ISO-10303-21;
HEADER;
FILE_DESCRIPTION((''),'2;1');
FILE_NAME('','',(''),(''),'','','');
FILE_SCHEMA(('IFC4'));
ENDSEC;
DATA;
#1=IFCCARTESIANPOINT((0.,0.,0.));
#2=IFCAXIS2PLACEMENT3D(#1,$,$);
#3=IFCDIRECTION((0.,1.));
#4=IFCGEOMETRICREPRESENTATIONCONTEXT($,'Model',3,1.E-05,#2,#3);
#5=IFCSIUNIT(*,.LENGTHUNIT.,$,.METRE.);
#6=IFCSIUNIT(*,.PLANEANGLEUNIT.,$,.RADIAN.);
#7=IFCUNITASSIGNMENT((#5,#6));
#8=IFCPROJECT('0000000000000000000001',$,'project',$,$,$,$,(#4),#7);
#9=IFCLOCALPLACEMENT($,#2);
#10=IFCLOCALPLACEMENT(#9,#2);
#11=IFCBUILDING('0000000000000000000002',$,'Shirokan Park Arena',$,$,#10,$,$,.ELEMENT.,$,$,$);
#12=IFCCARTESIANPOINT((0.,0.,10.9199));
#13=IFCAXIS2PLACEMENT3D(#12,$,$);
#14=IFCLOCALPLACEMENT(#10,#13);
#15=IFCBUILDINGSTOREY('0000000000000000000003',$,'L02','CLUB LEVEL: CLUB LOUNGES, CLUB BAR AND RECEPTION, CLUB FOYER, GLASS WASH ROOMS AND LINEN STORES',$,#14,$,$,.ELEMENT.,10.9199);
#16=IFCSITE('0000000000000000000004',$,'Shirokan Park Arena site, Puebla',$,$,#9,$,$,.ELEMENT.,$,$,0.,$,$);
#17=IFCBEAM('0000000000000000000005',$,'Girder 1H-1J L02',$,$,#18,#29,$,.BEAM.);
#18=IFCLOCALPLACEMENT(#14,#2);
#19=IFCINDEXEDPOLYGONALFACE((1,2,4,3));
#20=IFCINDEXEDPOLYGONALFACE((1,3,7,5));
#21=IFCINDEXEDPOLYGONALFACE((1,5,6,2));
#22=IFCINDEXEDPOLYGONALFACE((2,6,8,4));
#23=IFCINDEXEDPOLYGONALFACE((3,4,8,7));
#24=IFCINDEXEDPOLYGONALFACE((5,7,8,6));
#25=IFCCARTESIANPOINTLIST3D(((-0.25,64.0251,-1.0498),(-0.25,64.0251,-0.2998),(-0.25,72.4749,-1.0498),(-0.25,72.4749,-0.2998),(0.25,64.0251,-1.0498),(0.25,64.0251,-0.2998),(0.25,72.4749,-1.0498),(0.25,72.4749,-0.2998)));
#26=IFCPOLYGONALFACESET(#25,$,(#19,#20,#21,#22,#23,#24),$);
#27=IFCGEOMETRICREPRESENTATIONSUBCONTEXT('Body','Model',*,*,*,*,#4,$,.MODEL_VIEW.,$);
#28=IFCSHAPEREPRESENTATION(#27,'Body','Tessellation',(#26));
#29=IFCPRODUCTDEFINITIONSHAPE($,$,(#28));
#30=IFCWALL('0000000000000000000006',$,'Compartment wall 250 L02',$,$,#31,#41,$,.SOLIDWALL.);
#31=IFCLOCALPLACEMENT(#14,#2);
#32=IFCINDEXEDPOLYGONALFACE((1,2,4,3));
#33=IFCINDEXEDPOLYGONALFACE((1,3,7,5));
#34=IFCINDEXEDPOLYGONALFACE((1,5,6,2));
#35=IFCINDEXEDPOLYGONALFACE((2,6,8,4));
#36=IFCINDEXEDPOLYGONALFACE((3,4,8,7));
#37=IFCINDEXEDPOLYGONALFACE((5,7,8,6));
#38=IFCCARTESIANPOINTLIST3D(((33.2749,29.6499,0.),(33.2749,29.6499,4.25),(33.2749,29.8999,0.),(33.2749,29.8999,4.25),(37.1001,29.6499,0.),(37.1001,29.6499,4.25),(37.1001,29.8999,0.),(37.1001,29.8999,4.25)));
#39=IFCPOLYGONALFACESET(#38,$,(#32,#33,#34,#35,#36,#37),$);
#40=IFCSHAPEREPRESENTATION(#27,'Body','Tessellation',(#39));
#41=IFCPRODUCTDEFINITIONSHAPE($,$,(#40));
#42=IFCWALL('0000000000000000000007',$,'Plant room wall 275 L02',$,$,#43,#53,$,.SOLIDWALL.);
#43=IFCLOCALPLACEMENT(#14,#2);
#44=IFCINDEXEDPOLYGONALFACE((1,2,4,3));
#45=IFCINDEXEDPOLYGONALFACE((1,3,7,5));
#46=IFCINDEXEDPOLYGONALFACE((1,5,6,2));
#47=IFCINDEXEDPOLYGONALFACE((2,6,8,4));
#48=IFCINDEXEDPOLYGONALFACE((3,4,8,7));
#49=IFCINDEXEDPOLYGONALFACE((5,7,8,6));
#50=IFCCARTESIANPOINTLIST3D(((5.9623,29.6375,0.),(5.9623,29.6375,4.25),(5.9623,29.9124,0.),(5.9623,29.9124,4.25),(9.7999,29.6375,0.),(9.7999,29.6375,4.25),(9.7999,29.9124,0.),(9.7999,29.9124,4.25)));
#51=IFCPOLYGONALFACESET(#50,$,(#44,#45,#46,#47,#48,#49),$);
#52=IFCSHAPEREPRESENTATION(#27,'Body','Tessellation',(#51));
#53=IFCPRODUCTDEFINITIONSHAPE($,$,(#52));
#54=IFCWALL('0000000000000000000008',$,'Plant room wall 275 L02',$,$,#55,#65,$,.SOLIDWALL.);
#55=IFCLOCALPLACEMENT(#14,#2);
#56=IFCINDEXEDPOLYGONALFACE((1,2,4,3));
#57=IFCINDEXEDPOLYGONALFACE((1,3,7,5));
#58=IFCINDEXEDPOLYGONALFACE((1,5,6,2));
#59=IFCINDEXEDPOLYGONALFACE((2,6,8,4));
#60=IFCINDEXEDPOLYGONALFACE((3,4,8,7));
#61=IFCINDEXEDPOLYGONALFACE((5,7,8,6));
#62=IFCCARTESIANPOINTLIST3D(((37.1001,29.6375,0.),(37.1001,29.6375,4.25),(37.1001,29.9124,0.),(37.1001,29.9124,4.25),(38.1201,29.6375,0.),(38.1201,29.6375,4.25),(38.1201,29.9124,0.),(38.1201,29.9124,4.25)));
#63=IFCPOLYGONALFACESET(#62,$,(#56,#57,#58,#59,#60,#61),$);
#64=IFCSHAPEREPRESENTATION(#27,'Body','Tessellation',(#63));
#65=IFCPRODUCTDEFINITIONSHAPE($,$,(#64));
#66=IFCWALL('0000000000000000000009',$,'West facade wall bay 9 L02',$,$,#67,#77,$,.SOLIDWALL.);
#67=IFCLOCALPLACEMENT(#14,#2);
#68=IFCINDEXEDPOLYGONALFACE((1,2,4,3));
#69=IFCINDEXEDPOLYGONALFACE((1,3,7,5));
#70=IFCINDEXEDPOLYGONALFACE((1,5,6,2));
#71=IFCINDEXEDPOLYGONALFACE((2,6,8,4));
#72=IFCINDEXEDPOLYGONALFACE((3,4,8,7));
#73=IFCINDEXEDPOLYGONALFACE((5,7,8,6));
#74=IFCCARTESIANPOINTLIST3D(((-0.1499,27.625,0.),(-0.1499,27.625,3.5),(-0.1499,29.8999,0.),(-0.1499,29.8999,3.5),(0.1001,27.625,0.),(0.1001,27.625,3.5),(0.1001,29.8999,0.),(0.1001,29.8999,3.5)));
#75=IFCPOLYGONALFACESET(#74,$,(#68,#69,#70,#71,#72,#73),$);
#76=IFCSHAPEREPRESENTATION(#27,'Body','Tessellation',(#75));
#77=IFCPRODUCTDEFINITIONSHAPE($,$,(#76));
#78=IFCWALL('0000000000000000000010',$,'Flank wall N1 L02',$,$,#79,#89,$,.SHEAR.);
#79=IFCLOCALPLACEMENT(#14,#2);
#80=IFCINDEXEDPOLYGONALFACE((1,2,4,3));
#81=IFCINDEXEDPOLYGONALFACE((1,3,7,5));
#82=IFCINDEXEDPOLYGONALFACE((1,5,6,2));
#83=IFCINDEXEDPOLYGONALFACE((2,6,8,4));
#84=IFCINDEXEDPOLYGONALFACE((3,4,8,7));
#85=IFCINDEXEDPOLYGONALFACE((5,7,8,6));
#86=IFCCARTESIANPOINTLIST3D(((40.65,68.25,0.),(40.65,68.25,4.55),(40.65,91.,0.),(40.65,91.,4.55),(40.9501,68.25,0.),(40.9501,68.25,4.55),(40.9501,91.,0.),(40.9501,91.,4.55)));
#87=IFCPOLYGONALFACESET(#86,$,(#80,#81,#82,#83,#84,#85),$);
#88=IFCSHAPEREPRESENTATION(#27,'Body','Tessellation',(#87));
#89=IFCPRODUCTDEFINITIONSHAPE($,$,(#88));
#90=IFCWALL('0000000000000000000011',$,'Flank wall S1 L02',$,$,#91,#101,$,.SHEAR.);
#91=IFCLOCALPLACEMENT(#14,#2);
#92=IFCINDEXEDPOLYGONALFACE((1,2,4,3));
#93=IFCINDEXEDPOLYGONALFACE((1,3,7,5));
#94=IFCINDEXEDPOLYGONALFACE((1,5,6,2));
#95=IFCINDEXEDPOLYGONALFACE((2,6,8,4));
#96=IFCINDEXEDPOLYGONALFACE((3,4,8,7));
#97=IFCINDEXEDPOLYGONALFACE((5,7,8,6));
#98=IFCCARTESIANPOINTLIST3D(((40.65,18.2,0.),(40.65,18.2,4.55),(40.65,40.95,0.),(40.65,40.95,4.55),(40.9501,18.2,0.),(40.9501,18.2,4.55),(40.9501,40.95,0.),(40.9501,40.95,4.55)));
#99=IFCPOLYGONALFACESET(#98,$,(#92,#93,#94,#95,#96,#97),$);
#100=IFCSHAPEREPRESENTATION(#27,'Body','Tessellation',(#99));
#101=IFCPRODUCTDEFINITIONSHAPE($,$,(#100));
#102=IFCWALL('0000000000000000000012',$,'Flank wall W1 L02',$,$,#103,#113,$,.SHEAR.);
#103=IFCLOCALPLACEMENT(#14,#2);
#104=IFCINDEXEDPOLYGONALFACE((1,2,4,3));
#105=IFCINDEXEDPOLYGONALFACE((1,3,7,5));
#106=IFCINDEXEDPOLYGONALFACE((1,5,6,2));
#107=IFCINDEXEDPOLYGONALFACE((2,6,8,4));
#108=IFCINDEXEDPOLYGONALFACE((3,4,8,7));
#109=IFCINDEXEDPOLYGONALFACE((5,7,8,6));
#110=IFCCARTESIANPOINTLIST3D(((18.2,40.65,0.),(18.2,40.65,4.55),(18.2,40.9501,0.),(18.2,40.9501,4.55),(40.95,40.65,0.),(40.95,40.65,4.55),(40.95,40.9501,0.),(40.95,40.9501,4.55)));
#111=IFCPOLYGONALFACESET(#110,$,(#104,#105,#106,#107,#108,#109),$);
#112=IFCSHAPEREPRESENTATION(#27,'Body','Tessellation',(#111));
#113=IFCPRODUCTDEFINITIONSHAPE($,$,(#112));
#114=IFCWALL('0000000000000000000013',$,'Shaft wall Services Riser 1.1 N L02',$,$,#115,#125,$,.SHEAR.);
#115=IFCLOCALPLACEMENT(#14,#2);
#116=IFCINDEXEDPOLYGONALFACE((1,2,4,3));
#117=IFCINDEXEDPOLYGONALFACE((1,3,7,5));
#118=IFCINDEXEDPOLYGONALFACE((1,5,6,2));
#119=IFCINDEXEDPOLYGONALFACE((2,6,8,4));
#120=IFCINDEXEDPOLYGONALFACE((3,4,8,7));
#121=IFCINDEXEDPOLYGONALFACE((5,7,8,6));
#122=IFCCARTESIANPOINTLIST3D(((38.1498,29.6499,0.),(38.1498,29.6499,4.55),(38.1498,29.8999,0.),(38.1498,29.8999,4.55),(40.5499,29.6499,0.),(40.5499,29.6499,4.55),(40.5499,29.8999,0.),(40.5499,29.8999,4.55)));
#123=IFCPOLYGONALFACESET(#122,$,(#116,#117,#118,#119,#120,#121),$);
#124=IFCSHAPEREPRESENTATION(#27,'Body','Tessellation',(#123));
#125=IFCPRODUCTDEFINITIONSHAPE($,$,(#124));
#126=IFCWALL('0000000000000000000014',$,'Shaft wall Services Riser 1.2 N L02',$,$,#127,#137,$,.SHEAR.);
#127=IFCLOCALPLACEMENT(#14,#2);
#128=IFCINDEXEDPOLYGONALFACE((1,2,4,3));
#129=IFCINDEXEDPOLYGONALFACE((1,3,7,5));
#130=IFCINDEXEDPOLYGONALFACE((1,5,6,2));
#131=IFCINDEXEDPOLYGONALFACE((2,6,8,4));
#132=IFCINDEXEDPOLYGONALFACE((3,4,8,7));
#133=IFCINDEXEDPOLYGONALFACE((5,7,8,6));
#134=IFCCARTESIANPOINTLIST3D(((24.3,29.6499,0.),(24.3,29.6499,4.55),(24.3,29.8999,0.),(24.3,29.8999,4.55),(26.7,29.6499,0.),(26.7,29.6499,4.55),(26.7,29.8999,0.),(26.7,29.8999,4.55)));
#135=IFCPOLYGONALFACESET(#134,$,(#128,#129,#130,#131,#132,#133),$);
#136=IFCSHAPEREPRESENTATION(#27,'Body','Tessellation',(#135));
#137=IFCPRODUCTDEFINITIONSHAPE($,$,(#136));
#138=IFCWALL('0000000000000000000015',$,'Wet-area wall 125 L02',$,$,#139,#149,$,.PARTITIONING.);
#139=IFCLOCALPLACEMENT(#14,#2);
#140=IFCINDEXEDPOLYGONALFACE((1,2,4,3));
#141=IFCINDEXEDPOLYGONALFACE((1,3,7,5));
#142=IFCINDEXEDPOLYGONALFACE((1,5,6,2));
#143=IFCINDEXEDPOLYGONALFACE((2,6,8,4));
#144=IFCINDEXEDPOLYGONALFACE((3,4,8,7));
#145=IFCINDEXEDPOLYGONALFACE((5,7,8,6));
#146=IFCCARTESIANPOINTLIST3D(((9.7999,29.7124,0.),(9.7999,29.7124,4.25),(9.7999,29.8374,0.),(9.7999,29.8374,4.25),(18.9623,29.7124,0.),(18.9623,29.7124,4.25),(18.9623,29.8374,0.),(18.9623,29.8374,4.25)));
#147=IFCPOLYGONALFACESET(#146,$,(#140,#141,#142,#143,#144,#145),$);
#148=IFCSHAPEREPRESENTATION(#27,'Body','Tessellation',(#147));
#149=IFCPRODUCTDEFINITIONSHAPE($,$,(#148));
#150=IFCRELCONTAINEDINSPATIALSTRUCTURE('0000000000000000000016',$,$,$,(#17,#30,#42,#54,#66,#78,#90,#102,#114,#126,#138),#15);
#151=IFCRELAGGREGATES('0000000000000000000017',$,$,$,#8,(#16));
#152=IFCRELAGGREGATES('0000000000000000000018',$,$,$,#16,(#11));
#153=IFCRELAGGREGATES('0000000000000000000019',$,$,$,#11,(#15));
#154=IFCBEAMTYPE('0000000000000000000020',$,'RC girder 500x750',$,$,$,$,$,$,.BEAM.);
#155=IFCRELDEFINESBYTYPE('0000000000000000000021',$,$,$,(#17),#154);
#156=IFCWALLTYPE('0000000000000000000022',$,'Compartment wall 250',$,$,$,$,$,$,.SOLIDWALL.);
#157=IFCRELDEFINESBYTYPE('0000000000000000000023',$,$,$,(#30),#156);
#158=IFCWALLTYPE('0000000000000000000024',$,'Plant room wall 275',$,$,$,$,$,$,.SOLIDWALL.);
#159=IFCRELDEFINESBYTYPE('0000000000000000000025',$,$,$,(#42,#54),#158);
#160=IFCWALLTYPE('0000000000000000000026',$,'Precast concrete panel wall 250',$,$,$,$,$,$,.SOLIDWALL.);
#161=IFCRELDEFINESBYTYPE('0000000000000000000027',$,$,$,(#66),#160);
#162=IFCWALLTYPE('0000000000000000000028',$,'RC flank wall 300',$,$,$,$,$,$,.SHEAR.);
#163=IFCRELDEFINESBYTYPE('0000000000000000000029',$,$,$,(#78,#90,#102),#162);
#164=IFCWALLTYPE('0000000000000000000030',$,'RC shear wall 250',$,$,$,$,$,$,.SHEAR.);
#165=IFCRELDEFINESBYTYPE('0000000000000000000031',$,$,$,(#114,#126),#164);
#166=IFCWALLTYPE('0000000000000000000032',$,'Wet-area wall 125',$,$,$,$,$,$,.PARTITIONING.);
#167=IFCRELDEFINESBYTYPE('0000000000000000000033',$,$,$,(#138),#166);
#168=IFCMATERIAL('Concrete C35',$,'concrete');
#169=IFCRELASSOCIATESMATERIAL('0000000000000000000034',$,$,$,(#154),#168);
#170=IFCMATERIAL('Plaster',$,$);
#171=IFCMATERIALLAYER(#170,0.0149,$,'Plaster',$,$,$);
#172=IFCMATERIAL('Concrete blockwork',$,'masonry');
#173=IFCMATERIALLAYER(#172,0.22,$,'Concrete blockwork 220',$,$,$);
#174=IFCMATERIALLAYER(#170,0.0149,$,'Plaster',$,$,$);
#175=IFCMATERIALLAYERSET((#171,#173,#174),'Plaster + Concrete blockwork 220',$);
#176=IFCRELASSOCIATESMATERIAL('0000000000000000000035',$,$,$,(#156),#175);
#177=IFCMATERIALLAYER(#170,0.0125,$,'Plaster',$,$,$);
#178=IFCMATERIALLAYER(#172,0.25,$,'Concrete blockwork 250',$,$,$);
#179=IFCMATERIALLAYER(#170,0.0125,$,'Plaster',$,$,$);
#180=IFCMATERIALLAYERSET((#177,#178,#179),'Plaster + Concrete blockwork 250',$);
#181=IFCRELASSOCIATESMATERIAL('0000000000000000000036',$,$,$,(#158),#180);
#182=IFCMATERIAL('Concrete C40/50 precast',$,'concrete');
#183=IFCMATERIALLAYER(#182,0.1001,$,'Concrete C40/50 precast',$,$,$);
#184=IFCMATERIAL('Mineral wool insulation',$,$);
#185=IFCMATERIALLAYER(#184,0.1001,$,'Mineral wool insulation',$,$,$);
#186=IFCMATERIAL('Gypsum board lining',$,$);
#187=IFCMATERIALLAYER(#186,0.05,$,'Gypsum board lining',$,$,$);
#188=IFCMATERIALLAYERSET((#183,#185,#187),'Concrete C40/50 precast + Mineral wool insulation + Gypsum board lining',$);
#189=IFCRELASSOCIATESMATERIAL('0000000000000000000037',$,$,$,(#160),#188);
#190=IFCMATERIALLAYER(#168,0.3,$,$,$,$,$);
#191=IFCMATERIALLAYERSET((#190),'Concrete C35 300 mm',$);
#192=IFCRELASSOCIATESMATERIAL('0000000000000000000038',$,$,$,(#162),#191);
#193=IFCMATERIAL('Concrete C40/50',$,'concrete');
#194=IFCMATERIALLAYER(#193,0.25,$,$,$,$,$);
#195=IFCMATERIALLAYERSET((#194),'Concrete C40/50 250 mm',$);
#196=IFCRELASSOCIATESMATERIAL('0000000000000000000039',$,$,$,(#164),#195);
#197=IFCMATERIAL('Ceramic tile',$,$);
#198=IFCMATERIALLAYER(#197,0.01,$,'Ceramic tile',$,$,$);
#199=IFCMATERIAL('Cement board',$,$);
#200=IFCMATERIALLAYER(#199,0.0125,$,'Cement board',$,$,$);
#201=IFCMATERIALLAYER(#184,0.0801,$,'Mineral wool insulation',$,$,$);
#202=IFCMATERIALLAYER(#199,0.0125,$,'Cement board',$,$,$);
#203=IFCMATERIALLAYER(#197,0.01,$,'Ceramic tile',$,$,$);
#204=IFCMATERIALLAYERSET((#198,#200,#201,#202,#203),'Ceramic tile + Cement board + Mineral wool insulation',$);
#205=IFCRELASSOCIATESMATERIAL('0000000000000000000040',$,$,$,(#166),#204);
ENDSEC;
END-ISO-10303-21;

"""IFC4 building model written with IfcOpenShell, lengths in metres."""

from ifc_helpers import new_model, si_unit, direction, frame, frame_2d, origin, origin_2d, place, context, subcontext, project, spatial, rectangle, extrude, material, layer, layer_set, material_profile, profile_set, type_object, element, save


model = new_model("IFC4")

# Units and contexts
model_context = context("Model", 3, precision=1e-05, world=origin(), true_north=direction((0.0, 1.0)))
body_context = subcontext(model_context, "Body", "Model", "MODEL_VIEW")
ifc_project = project(units=[si_unit("LENGTHUNIT", "METRE"), si_unit("PLANEANGLEUNIT", "RADIAN")], contexts=[model_context])

# Site, building, storey
site_placement = place(None, origin())
site = spatial("IfcSite", under=ifc_project, at=site_placement, Name="Shirokan Park Arena site, Puebla", CompositionType="ELEMENT", RefElevation=0.0)
building_placement = place(site_placement, origin())
building = spatial("IfcBuilding", under=site, at=building_placement, Name="Shirokan Park Arena", CompositionType="ELEMENT")
storey_placement = place(building_placement, frame((0.0, 0.0, 10.9199)))
storey = spatial("IfcBuildingStorey", under=building, at=storey_placement, Name="L02", Description="CLUB LEVEL: CLUB LOUNGES, CLUB BAR AND RECEPTION, CLUB FOYER, GLASS WASH ROOMS AND LINEN STORES", CompositionType="ELEMENT", Elevation=10.9199)

# Shared definitions
ifc_material_1 = material(Name="Concrete C35", Category="concrete")

# Beam
ifc_material_profile_1 = material_profile(ifc_material_1, rectangle(XDim=0.5, YDim=0.75, at=origin_2d()), Name="500x750")
ifc_profile_set_1 = profile_set([ifc_material_profile_1], Name="Concrete C35")
beam_type = type_object("IfcBeamType", Name="RC girder 500x750", PredefinedType="BEAM", material=ifc_profile_set_1)
beam_1_placement = place(storey_placement, frame((0.0, 64.0251, -0.6748), z_axis=(0.0, 1.0, 0.0), x_axis=(-1.0, 0.0, 0.0)))
element("IfcBeam", 1, at=beam_1_placement, inside=storey, type_object=beam_type, Name="Girder 1H-1J L02", PredefinedType="BEAM", context=body_context, shape_type="SweptSolid", body=[
    extrude(rectangle(XDim=0.5, YDim=0.75, at=origin_2d()), origin(), (0.0, 0.0, 1.0), 8.4497),
])

# Walls
ifc_material_2 = material(Name="Plaster")
ifc_layer_1 = layer(ifc_material_2, 0.0149, Name="Plaster")
ifc_material_3 = material(Name="Concrete blockwork", Category="masonry")
ifc_layer_2 = layer(ifc_material_3, 0.22, Name="Concrete blockwork 220")
ifc_layer_3 = layer(ifc_material_2, 0.0149, Name="Plaster")
ifc_layer_set_1 = layer_set([ifc_layer_1, ifc_layer_2, ifc_layer_3], Name="Plaster + Concrete blockwork 220")
wall_type_1 = type_object("IfcWallType", Name="Compartment wall 250", PredefinedType="SOLIDWALL", material=ifc_layer_set_1)
wall_1_placement = place(storey_placement, frame((37.1001, 29.7749, 0.0), z_axis=(0.0, 0.0, 1.0), x_axis=(-1.0, 0.0, 0.0)))
element("IfcWall", 2, at=wall_1_placement, inside=storey, type_object=wall_type_1, Name="Compartment wall 250 L02", PredefinedType="SOLIDWALL", context=body_context, shape_type="SweptSolid", body=[
    extrude(rectangle(XDim=3.8252, YDim=0.25, at=frame_2d((1.9126, 0.0))), origin(), (0.0, 0.0, 1.0), 4.25),
])
ifc_layer_4 = layer(ifc_material_2, 0.0125, Name="Plaster")
ifc_layer_5 = layer(ifc_material_3, 0.25, Name="Concrete blockwork 250")
ifc_layer_6 = layer(ifc_material_2, 0.0125, Name="Plaster")
ifc_layer_set_2 = layer_set([ifc_layer_4, ifc_layer_5, ifc_layer_6], Name="Plaster + Concrete blockwork 250")
wall_type_2 = type_object("IfcWallType", Name="Plant room wall 275", PredefinedType="SOLIDWALL", material=ifc_layer_set_2)
wall_2_placement = place(storey_placement, frame((9.8, 29.7749, 0.0), z_axis=(0.0, 0.0, 1.0), x_axis=(-1.0, 0.0, 0.0)))
element("IfcWall", 3, at=wall_2_placement, inside=storey, type_object=wall_type_2, Name="Plant room wall 275 L02", PredefinedType="SOLIDWALL", context=body_context, shape_type="SweptSolid", body=[
    extrude(rectangle(XDim=3.8376, YDim=0.2749, at=frame_2d((1.9189, 0.0))), origin(), (0.0, 0.0, 1.0), 4.25),
])
wall_3_placement = place(storey_placement, frame((38.1201, 29.7749, 0.0), z_axis=(0.0, 0.0, 1.0), x_axis=(-1.0, 0.0, 0.0)))
element("IfcWall", 4, at=wall_3_placement, inside=storey, type_object=wall_type_2, Name="Plant room wall 275 L02", PredefinedType="SOLIDWALL", context=body_context, shape_type="SweptSolid", body=[
    extrude(rectangle(XDim=1.02, YDim=0.2749, at=frame_2d((0.51, 0.0))), origin(), (0.0, 0.0, 1.0), 4.25),
])
ifc_material_4 = material(Name="Concrete C40/50 precast", Category="concrete")
ifc_layer_7 = layer(ifc_material_4, 0.1001, Name="Concrete C40/50 precast")
ifc_material_5 = material(Name="Mineral wool insulation")
ifc_layer_8 = layer(ifc_material_5, 0.1001, Name="Mineral wool insulation")
ifc_material_6 = material(Name="Gypsum board lining")
ifc_layer_9 = layer(ifc_material_6, 0.05, Name="Gypsum board lining")
ifc_layer_set_3 = layer_set([ifc_layer_7, ifc_layer_8, ifc_layer_9], Name="Concrete C40/50 precast + Mineral wool insulation + Gypsum board lining")
wall_type_3 = type_object("IfcWallType", Name="Precast concrete panel wall 250", PredefinedType="SOLIDWALL", material=ifc_layer_set_3)
wall_4_placement = place(storey_placement, frame((-0.0249, 29.8999, 0.0), z_axis=(0.0, 0.0, 1.0), x_axis=(0.0, -1.0, 0.0)))
element("IfcWall", 5, at=wall_4_placement, inside=storey, type_object=wall_type_3, Name="West facade wall bay 9 L02", PredefinedType="SOLIDWALL", context=body_context, shape_type="SweptSolid", body=[
    extrude(rectangle(XDim=2.2749, YDim=0.25, at=frame_2d((1.1375, 0.0))), origin(), (0.0, 0.0, 1.0), 3.5),
])
ifc_layer_10 = layer(ifc_material_1, 0.3)
ifc_layer_set_4 = layer_set([ifc_layer_10], Name="Concrete C35 300 mm")
wall_type_4 = type_object("IfcWallType", Name="RC flank wall 300", PredefinedType="SHEAR", material=ifc_layer_set_4)
for number, where, z_axis, x_axis, name in (
    (6, (40.8, 68.25, 0.0), (0.0, 0.0, 1.0), (0.0, 1.0, 0.0), "Flank wall N1 L02"),
    (7, (40.8, 40.95, 0.0), (0.0, 0.0, 1.0), (0.0, -1.0, 0.0), "Flank wall S1 L02"),
    (8, (40.95, 40.8, 0.0), (0.0, 0.0, 1.0), (-1.0, 0.0, 0.0), "Flank wall W1 L02"),
):
    element("IfcWall", number, at=place(storey_placement, frame(where, z_axis=z_axis, x_axis=x_axis)), inside=storey, type_object=wall_type_4, Name=name, PredefinedType="SHEAR", context=body_context, shape_type="SweptSolid", body=[
        extrude(rectangle(XDim=22.75, YDim=0.3, at=frame_2d((11.375, 0.0))), origin(), (0.0, 0.0, 1.0), 4.55),
    ])
ifc_material_7 = material(Name="Concrete C40/50", Category="concrete")
ifc_layer_11 = layer(ifc_material_7, 0.25)
ifc_layer_set_5 = layer_set([ifc_layer_11], Name="Concrete C40/50 250 mm")
wall_type_5 = type_object("IfcWallType", Name="RC shear wall 250", PredefinedType="SHEAR", material=ifc_layer_set_5)
wall_5_placement = place(storey_placement, frame((40.55, 29.7749, 0.0), z_axis=(0.0, 0.0, 1.0), x_axis=(-1.0, 0.0, 0.0)))
element("IfcWall", 9, at=wall_5_placement, inside=storey, type_object=wall_type_5, Name="Shaft wall Services Riser 1.1 N L02", PredefinedType="SHEAR", context=body_context, shape_type="SweptSolid", body=[
    extrude(rectangle(XDim=2.4001, YDim=0.25, at=frame_2d((1.2002, 0.0))), origin(), (0.0, 0.0, 1.0), 4.55),
])
wall_6_placement = place(storey_placement, frame((26.7, 29.7749, 0.0), z_axis=(0.0, 0.0, 1.0), x_axis=(-1.0, 0.0, 0.0)))
element("IfcWall", 10, at=wall_6_placement, inside=storey, type_object=wall_type_5, Name="Shaft wall Services Riser 1.2 N L02", PredefinedType="SHEAR", context=body_context, shape_type="SweptSolid", body=[
    extrude(rectangle(XDim=2.3999, YDim=0.25, at=frame_2d((1.2, 0.0))), origin(), (0.0, 0.0, 1.0), 4.55),
])
ifc_material_8 = material(Name="Ceramic tile")
ifc_layer_12 = layer(ifc_material_8, 0.01, Name="Ceramic tile")
ifc_material_9 = material(Name="Cement board")
ifc_layer_13 = layer(ifc_material_9, 0.0125, Name="Cement board")
ifc_layer_14 = layer(ifc_material_5, 0.0801, Name="Mineral wool insulation")
ifc_layer_15 = layer(ifc_material_9, 0.0125, Name="Cement board")
ifc_layer_16 = layer(ifc_material_8, 0.01, Name="Ceramic tile")
ifc_layer_set_6 = layer_set([ifc_layer_12, ifc_layer_13, ifc_layer_14, ifc_layer_15, ifc_layer_16], Name="Ceramic tile + Cement board + Mineral wool insulation")
wall_type_6 = type_object("IfcWallType", Name="Wet-area wall 125", PredefinedType="PARTITIONING", material=ifc_layer_set_6)
wall_7_placement = place(storey_placement, frame((9.8, 29.7749, 0.0), z_axis=(0.0, 0.0, 1.0), x_axis=(1.0, 0.0, 0.0)))
element("IfcWall", 11, at=wall_7_placement, inside=storey, type_object=wall_type_6, Name="Wet-area wall 125 L02", PredefinedType="PARTITIONING", context=body_context, shape_type="SweptSolid", body=[
    extrude(rectangle(XDim=9.1624, YDim=0.125, at=frame_2d((4.5811, 0.0))), origin(), (0.0, 0.0, 1.0), 4.25),
])

save(model, "model.ifc")
